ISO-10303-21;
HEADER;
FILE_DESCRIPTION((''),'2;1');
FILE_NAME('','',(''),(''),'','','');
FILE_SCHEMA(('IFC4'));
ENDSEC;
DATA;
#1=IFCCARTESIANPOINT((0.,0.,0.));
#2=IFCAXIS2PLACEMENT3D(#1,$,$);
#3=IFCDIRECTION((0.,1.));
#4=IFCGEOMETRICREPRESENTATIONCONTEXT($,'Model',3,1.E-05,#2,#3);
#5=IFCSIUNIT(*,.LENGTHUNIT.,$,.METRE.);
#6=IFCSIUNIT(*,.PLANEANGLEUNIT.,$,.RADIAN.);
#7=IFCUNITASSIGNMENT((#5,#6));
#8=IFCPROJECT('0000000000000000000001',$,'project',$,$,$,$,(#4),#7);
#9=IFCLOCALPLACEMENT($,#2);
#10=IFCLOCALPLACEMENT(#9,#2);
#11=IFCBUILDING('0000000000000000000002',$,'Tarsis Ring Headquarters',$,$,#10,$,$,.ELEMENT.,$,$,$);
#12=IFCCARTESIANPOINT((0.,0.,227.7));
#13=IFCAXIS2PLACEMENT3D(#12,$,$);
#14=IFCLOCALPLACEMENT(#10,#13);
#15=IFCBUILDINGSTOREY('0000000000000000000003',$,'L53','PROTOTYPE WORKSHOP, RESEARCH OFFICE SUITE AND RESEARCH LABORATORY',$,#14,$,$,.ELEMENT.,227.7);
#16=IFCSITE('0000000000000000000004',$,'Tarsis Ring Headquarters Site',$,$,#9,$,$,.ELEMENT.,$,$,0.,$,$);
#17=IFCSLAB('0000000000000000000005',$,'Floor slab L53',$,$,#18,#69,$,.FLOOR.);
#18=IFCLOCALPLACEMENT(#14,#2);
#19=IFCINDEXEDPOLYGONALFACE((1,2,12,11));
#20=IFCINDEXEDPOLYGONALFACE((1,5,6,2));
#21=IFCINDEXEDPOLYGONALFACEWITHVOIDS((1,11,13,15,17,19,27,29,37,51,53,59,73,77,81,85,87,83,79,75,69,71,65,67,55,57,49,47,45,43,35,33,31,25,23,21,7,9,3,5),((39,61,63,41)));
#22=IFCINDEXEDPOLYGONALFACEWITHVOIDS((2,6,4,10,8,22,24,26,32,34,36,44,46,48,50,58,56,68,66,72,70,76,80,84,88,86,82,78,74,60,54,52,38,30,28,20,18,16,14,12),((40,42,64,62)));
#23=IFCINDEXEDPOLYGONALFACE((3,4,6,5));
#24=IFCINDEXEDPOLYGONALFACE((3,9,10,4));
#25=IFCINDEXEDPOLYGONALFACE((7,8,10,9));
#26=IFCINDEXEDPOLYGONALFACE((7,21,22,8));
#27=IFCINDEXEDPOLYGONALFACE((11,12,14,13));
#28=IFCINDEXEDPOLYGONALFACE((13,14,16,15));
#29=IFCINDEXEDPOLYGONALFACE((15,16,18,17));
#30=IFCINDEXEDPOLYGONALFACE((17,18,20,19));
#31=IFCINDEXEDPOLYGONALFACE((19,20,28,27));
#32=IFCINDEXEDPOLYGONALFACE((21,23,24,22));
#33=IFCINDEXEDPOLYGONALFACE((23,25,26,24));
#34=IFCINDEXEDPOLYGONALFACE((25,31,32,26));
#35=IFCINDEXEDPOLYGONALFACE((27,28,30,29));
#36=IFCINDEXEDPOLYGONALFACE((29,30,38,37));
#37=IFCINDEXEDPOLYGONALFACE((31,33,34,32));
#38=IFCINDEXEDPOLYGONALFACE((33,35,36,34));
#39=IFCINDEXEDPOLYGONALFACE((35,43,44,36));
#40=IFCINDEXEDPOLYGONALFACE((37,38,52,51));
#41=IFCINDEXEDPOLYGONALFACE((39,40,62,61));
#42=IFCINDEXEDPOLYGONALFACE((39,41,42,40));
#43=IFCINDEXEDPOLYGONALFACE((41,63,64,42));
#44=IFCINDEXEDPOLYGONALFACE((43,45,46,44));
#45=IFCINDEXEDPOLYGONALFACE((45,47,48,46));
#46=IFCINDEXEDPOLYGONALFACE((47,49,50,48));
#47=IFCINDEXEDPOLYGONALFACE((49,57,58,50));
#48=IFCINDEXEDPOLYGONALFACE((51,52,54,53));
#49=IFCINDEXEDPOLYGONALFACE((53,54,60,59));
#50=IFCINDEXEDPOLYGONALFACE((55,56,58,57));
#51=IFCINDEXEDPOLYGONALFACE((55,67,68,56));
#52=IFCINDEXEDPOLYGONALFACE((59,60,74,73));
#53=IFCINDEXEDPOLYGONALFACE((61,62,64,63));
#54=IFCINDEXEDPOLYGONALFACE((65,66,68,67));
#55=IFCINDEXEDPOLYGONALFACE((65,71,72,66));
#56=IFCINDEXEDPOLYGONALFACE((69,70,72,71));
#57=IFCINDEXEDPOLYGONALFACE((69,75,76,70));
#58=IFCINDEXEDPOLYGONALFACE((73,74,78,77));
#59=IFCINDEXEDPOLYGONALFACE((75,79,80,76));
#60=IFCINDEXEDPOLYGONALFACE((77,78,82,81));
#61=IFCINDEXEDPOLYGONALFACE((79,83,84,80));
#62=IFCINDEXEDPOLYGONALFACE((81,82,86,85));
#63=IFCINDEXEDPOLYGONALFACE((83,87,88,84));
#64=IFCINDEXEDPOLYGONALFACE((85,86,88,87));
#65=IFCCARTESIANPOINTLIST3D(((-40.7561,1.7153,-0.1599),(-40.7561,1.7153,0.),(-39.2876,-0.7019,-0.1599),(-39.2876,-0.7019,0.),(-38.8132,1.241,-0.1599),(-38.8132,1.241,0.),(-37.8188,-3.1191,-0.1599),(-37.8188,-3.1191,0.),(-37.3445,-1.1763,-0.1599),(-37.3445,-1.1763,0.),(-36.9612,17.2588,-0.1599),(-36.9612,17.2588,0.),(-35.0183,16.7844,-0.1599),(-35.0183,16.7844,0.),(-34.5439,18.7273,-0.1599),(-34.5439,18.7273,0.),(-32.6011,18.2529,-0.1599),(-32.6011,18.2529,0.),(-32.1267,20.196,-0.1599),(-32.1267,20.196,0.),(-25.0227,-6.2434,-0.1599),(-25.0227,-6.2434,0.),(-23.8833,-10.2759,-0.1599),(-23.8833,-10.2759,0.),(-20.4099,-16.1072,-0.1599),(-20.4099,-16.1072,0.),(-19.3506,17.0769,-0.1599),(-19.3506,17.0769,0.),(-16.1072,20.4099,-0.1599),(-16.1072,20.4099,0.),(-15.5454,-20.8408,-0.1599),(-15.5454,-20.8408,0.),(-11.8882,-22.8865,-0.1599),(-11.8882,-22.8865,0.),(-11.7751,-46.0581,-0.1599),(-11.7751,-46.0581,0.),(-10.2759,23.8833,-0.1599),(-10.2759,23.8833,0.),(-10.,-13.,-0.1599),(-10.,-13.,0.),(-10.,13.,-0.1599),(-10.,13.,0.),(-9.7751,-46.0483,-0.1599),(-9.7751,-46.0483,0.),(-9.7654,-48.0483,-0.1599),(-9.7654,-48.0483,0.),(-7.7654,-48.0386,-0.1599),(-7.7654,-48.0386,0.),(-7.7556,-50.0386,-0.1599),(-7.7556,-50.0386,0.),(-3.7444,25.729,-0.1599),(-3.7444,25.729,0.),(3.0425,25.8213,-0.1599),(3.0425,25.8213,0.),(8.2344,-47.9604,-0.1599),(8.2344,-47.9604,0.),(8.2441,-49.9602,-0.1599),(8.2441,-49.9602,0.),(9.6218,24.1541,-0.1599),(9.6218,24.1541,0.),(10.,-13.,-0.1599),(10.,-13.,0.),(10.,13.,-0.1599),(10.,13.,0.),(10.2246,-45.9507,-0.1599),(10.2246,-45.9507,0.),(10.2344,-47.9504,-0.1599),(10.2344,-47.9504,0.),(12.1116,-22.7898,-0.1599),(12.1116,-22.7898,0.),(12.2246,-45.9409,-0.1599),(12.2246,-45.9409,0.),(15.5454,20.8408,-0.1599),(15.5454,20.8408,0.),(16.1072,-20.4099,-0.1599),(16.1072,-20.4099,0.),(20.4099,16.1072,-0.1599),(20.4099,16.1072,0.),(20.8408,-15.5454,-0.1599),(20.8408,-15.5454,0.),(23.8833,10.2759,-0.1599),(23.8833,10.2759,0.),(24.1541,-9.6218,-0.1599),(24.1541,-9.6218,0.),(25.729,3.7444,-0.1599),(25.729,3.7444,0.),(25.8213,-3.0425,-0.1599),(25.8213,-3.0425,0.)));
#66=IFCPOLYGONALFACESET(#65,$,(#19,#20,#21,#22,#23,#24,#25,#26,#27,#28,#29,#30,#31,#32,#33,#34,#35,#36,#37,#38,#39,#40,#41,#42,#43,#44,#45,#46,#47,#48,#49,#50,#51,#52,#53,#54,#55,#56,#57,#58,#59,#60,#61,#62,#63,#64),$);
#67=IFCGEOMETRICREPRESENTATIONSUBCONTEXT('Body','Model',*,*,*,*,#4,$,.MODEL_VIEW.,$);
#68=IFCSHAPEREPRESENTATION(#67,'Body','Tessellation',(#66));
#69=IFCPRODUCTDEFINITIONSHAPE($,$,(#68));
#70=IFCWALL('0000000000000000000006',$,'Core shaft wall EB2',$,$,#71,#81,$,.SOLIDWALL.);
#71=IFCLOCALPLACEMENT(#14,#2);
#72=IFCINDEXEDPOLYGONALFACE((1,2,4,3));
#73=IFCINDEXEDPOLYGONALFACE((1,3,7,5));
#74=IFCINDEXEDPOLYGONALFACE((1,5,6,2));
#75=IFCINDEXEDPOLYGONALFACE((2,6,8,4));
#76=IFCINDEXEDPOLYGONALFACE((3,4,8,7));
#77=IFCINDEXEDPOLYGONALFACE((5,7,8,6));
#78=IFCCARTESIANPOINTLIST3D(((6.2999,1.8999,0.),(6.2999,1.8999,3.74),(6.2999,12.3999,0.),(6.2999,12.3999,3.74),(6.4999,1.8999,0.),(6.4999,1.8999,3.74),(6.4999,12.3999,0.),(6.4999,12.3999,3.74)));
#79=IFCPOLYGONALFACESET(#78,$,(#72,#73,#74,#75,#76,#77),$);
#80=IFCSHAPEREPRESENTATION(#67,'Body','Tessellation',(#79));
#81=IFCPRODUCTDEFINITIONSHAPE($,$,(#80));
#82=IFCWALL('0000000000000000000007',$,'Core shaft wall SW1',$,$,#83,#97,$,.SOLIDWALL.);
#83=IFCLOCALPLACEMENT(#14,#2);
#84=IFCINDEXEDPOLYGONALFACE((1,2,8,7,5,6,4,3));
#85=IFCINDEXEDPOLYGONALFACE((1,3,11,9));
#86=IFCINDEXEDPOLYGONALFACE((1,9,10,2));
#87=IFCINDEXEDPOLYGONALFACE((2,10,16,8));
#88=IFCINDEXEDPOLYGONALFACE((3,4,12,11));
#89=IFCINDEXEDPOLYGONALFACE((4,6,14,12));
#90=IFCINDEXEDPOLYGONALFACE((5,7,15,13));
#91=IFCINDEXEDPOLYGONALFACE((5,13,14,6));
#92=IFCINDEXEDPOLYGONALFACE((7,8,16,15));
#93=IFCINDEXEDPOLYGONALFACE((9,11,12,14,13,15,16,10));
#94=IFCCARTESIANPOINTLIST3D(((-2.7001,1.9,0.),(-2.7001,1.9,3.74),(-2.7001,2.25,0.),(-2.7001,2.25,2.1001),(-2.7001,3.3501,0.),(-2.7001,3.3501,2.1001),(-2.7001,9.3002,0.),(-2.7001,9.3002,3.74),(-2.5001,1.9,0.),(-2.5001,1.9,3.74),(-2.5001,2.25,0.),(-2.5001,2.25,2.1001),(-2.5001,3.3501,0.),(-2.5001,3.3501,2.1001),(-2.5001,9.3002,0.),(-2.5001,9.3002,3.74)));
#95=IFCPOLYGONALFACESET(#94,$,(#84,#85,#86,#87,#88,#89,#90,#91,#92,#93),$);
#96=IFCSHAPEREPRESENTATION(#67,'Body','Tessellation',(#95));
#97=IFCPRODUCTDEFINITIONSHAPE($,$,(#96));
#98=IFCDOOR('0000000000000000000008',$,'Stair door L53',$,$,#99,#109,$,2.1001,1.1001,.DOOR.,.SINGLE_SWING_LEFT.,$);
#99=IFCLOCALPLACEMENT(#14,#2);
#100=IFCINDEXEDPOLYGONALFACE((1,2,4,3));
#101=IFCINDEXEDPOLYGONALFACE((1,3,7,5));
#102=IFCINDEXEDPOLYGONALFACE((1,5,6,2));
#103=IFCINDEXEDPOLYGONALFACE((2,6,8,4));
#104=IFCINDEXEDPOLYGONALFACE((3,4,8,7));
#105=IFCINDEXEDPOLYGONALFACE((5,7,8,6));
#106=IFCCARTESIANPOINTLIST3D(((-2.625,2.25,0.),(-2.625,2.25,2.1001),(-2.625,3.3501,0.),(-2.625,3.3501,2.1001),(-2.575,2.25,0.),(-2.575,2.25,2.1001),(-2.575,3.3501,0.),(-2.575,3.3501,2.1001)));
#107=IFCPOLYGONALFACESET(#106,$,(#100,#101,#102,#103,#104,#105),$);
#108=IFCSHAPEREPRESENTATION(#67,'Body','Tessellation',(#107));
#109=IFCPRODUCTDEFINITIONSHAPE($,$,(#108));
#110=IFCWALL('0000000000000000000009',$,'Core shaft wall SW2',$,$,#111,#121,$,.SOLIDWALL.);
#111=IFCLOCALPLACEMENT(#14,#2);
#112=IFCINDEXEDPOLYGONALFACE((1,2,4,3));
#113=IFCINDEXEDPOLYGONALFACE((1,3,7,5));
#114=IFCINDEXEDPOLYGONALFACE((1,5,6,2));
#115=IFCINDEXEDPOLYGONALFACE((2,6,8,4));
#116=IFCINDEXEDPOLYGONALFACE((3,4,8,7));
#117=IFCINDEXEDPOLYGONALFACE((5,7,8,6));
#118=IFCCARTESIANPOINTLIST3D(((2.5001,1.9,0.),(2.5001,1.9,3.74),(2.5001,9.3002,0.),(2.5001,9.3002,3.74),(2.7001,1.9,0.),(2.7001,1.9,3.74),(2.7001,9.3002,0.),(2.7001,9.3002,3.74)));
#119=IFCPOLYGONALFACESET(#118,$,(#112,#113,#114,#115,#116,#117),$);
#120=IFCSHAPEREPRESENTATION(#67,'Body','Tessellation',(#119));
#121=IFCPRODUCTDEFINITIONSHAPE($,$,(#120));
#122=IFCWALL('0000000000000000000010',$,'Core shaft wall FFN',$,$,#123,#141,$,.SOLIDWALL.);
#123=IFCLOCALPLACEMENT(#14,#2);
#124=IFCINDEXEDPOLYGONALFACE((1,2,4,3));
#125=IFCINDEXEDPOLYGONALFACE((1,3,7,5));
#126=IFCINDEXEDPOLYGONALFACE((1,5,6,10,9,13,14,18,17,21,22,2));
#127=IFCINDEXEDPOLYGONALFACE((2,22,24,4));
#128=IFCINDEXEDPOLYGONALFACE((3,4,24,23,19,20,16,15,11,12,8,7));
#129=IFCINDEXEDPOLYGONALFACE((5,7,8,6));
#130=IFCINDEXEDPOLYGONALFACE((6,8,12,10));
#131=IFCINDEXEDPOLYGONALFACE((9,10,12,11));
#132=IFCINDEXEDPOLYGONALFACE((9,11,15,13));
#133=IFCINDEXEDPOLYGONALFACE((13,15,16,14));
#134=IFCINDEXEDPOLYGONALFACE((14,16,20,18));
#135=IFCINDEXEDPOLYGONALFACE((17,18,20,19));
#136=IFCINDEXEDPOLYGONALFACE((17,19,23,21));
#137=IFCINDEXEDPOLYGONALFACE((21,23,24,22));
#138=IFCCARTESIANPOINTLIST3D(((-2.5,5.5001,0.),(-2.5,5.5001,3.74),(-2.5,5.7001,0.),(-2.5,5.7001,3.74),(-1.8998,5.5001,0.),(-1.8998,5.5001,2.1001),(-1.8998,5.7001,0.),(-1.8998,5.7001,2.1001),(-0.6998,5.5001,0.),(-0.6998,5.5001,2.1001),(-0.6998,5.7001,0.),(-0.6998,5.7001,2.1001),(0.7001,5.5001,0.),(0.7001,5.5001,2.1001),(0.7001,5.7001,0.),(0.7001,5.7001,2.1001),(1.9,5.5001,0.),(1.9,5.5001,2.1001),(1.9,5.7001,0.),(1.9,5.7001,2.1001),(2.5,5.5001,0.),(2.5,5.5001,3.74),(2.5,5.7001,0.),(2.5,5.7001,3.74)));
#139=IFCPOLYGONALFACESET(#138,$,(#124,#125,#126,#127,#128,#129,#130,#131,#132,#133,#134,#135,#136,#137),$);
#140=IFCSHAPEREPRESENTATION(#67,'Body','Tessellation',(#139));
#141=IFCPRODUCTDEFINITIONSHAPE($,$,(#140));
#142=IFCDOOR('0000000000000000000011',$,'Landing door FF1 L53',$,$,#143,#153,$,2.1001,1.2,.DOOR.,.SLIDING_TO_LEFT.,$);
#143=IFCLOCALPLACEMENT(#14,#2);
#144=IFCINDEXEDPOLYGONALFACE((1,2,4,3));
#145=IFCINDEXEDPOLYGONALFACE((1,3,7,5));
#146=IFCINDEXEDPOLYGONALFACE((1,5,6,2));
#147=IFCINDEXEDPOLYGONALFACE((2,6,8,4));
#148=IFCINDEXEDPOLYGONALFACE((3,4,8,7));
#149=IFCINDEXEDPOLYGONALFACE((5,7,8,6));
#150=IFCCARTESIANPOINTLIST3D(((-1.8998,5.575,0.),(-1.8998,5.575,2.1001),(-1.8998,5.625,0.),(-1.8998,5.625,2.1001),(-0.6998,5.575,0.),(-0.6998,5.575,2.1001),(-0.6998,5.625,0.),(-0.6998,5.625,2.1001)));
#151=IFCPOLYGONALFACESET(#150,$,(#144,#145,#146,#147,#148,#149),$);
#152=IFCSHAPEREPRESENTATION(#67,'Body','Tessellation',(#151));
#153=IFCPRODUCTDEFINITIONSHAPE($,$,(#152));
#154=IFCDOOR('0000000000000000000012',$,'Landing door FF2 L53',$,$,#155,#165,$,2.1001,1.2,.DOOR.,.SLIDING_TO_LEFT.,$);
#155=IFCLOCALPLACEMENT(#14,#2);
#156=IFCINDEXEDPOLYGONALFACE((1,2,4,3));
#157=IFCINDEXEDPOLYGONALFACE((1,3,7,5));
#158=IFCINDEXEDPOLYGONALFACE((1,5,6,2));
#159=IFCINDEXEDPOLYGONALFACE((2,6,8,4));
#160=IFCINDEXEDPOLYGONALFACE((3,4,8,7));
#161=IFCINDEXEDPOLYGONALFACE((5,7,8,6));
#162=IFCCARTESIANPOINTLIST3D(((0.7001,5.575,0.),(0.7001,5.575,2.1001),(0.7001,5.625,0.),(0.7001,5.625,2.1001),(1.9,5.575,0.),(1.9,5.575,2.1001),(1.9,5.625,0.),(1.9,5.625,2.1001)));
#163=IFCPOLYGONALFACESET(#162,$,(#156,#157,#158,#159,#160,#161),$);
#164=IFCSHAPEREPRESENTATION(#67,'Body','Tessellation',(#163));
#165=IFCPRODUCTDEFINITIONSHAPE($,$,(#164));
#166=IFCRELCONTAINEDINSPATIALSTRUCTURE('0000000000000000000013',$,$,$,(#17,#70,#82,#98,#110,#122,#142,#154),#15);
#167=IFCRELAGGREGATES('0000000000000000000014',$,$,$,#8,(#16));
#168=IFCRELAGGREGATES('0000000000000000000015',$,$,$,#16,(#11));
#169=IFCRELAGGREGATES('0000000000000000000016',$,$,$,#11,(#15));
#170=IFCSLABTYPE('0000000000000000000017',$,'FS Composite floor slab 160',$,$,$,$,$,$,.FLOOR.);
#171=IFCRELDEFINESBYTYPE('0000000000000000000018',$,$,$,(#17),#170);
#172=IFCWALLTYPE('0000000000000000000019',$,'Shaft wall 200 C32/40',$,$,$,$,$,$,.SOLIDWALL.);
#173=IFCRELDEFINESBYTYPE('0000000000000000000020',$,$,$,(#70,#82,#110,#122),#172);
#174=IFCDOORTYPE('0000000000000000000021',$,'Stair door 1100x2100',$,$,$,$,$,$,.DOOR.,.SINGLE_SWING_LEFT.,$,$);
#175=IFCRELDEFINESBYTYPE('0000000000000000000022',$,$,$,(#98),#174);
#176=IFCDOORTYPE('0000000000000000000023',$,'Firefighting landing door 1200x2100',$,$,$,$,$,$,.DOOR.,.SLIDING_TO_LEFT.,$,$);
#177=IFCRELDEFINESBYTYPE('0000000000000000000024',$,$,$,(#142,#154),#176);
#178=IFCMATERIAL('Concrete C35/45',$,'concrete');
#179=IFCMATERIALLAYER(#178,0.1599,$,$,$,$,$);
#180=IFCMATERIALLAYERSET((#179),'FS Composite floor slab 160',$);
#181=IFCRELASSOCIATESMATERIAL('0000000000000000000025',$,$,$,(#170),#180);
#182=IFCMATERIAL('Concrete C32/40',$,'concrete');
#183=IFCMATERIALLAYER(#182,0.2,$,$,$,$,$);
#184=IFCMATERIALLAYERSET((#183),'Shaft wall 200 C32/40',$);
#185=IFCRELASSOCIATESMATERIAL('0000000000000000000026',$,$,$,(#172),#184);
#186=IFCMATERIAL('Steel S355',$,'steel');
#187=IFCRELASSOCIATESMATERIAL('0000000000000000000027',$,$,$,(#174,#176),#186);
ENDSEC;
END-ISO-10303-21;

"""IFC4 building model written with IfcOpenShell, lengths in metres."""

from ifc_helpers import new_model, si_unit, direction, frame, frame_2d, origin, place, context, subcontext, project, spatial, polyline, rectangle, outline, extrude, material, layer, layer_set, type_object, element, fill, save


model = new_model("IFC4")

# Units and contexts
model_context = context("Model", 3, precision=1e-05, world=origin(), true_north=direction((0.0, 1.0)))
body_context = subcontext(model_context, "Body", "Model", "MODEL_VIEW")
ifc_project = project(units=[si_unit("LENGTHUNIT", "METRE"), si_unit("PLANEANGLEUNIT", "RADIAN")], contexts=[model_context])

# Site, building, storey
site_placement = place(None, origin())
site = spatial("IfcSite", under=ifc_project, at=site_placement, Name="Tarsis Ring Headquarters Site", CompositionType="ELEMENT", RefElevation=0.0)
building_placement = place(site_placement, origin())
building = spatial("IfcBuilding", under=site, at=building_placement, Name="Tarsis Ring Headquarters", CompositionType="ELEMENT")
storey_placement = place(building_placement, frame((0.0, 0.0, 227.7)))
storey = spatial("IfcBuildingStorey", under=building, at=storey_placement, Name="L53", Description="PROTOTYPE WORKSHOP, RESEARCH OFFICE SUITE AND RESEARCH LABORATORY", CompositionType="ELEMENT", Elevation=227.7)

# Slab
ifc_material_1 = material(Name="Concrete C35/45", Category="concrete")
ifc_layer_1 = layer(ifc_material_1, 0.1599)
ifc_layer_set_1 = layer_set([ifc_layer_1], Name="FS Composite floor slab 160")
slab_type_1 = type_object("IfcSlabType", Name="FS Composite floor slab 160", PredefinedType="FLOOR", material=ifc_layer_set_1)
slab_1_placement = place(storey_placement, frame((0.0, 0.0, -0.1599)))
element("IfcSlab", 1, at=slab_1_placement, inside=storey, type_object=slab_type_1, Name="Floor slab L53", PredefinedType="FLOOR", context=body_context, shape_type="SweptSolid", body=[
    extrude(outline(polyline([(-25.0227, -6.2434), (-23.8833, -10.2759), (-20.4099, -16.1072), (-15.5454, -20.8408), (-11.8882, -22.8865), (-11.7751, -46.0581), (-9.7751, -46.0483), (-9.7654, -48.0483), (-7.7654, -48.0386), (-7.7556, -50.0386), (8.2441, -49.9602), (8.2344, -47.9604), (10.2344, -47.9504), (10.2246, -45.9507), (12.2246, -45.9409), (12.1116, -22.7898), (16.1072, -20.4099), (20.8408, -15.5454), (24.1541, -9.6218), (25.8213, -3.0425), (25.729, 3.7444), (23.8833, 10.2759), (20.4099, 16.1072), (15.5454, 20.8408), (9.6218, 24.1541), (3.0425, 25.8213), (-3.7444, 25.729), (-10.2759, 23.8833), (-16.1072, 20.4099), (-19.3506, 17.0769), (-32.1267, 20.196), (-32.6011, 18.2529), (-34.5439, 18.7273), (-35.0183, 16.7844), (-36.9612, 17.2588), (-40.7561, 1.7153), (-38.8132, 1.241), (-39.2876, -0.7019), (-37.3445, -1.1763), (-37.8188, -3.1191), (-25.0227, -6.2434)]), holes=[polyline([(-10.0, -13.0), (-10.0, 13.0), (10.0, 13.0), (10.0, -13.0), (-10.0, -13.0)])]), origin(), (0.0, 0.0, 1.0), 0.1599),
])

# Wall
ifc_material_2 = material(Name="Concrete C32/40", Category="concrete")
ifc_layer_2 = layer(ifc_material_2, 0.2)
ifc_layer_set_2 = layer_set([ifc_layer_2], Name="Shaft wall 200 C32/40")
wall_type = type_object("IfcWallType", Name="Shaft wall 200 C32/40", PredefinedType="SOLIDWALL", material=ifc_layer_set_2)
wall_1_placement = place(storey_placement, frame((6.3999, 1.8999, 0.0), z_axis=(0.0, 0.0, 1.0), x_axis=(0.0, 1.0, 0.0)))
element("IfcWall", 2, at=wall_1_placement, inside=storey, type_object=wall_type, Name="Core shaft wall EB2", PredefinedType="SOLIDWALL", context=body_context, shape_type="SweptSolid", body=[
    extrude(rectangle(XDim=10.5, YDim=0.2, at=frame_2d((5.25, 0.0))), origin(), (0.0, 0.0, 1.0), 3.74),
])

# Wall, opening, door
wall_2_placement = place(storey_placement, frame((-2.6001, 1.8999, 0.0), z_axis=(0.0, 0.0, 1.0), x_axis=(0.0, 1.0, 0.0)))
wall_2 = element("IfcWall", 3, at=wall_2_placement, inside=storey, type_object=wall_type, Name="Core shaft wall SW1", PredefinedType="SOLIDWALL", context=body_context, shape_type="SweptSolid", body=[
    extrude(rectangle(XDim=7.4001, YDim=0.2, at=frame_2d((3.7002, 0.0))), origin(), (0.0, 0.0, 1.0), 3.74),
])
opening_1_placement = place(wall_2_placement, frame((0.3501, 0.0, 0.0)))
opening_1 = element("IfcOpeningElement", 4, at=opening_1_placement, cuts=wall_2, PredefinedType="OPENING", context=body_context, shape_type="SweptSolid", body=[
    extrude(rectangle(XDim=1.1001, YDim=2.1001, at=frame_2d((0.55, 1.05))), frame((0.0, 0.1099, 0.0), z_axis=(0.0, -1.0, 0.0), x_axis=(1.0, 0.0, 0.0)), (0.0, 0.0, 1.0), 0.22),
])
ifc_material_3 = material(Name="Steel S355", Category="steel")
door_type_1 = type_object("IfcDoorType", Name="Stair door 1100x2100", OperationType="SINGLE_SWING_LEFT", PredefinedType="DOOR", material=ifc_material_3)
door_1_placement = place(opening_1_placement, origin())
door_1 = element("IfcDoor", 5, at=door_1_placement, inside=storey, type_object=door_type_1, Name="Stair door L53", OperationType="SINGLE_SWING_LEFT", OverallHeight=2.1001, OverallWidth=1.1001, PredefinedType="DOOR", context=body_context, shape_type="SweptSolid", body=[
    extrude(rectangle(XDim=1.1001, YDim=2.1001, at=frame_2d((0.55, 1.05))), frame((0.0, 0.0249, 0.0), z_axis=(0.0, -1.0, 0.0), x_axis=(1.0, 0.0, 0.0)), (0.0, 0.0, 1.0), 0.05),
])
fill(opening_1, door_1)

# Wall
wall_3_placement = place(storey_placement, frame((2.6001, 1.8999, 0.0), z_axis=(0.0, 0.0, 1.0), x_axis=(0.0, 1.0, 0.0)))
element("IfcWall", 6, at=wall_3_placement, inside=storey, type_object=wall_type, Name="Core shaft wall SW2", PredefinedType="SOLIDWALL", context=body_context, shape_type="SweptSolid", body=[
    extrude(rectangle(XDim=7.4001, YDim=0.2, at=frame_2d((3.7002, 0.0))), origin(), (0.0, 0.0, 1.0), 3.74),
])

# Wall, openings, doors
wall_4_placement = place(storey_placement, frame((-2.5, 5.6001, 0.0), z_axis=(0.0, 0.0, 1.0), x_axis=(1.0, 0.0, 0.0)))
wall_4 = element("IfcWall", 7, at=wall_4_placement, inside=storey, type_object=wall_type, Name="Core shaft wall FFN", PredefinedType="SOLIDWALL", context=body_context, shape_type="SweptSolid", body=[
    extrude(rectangle(XDim=5.0, YDim=0.2, at=frame_2d((2.5, 0.0))), origin(), (0.0, 0.0, 1.0), 3.74),
])
opening_2_placement = place(wall_4_placement, frame((0.6001, 0.0, 0.0)))
opening_2 = element("IfcOpeningElement", 8, at=opening_2_placement, cuts=wall_4, PredefinedType="OPENING", context=body_context, shape_type="SweptSolid", body=[
    extrude(rectangle(XDim=1.2, YDim=2.1001, at=frame_2d((0.6001, 1.05))), frame((0.0, 0.1099, 0.0), z_axis=(0.0, -1.0, 0.0), x_axis=(1.0, 0.0, 0.0)), (0.0, 0.0, 1.0), 0.22),
])
opening_3_placement = place(wall_4_placement, frame((3.2, 0.0, 0.0)))
opening_3 = element("IfcOpeningElement", 9, at=opening_3_placement, cuts=wall_4, PredefinedType="OPENING", context=body_context, shape_type="SweptSolid", body=[
    extrude(rectangle(XDim=1.2, YDim=2.1001, at=frame_2d((0.6001, 1.05))), frame((0.0, 0.1099, 0.0), z_axis=(0.0, -1.0, 0.0), x_axis=(1.0, 0.0, 0.0)), (0.0, 0.0, 1.0), 0.22),
])
door_type_2 = type_object("IfcDoorType", Name="Firefighting landing door 1200x2100", OperationType="SLIDING_TO_LEFT", PredefinedType="DOOR", material=ifc_material_3)
door_2_placement = place(opening_2_placement, origin())
door_2 = element("IfcDoor", 10, at=door_2_placement, inside=storey, type_object=door_type_2, Name="Landing door FF1 L53", OperationType="SLIDING_TO_LEFT", OverallHeight=2.1001, OverallWidth=1.2, PredefinedType="DOOR", context=body_context, shape_type="SweptSolid", body=[
    extrude(rectangle(XDim=1.2, YDim=2.1001, at=frame_2d((0.6001, 1.05))), frame((0.0, 0.0249, 0.0), z_axis=(0.0, -1.0, 0.0), x_axis=(1.0, 0.0, 0.0)), (0.0, 0.0, 1.0), 0.05),
])
fill(opening_2, door_2)
door_3_placement = place(opening_3_placement, origin())
door_3 = element("IfcDoor", 11, at=door_3_placement, inside=storey, type_object=door_type_2, Name="Landing door FF2 L53", OperationType="SLIDING_TO_LEFT", OverallHeight=2.1001, OverallWidth=1.2, PredefinedType="DOOR", context=body_context, shape_type="SweptSolid", body=[
    extrude(rectangle(XDim=1.2, YDim=2.1001, at=frame_2d((0.6001, 1.05))), frame((0.0, 0.0249, 0.0), z_axis=(0.0, -1.0, 0.0), x_axis=(1.0, 0.0, 0.0)), (0.0, 0.0, 1.0), 0.05),
])
fill(opening_3, door_3)

save(model, "model.ifc")
